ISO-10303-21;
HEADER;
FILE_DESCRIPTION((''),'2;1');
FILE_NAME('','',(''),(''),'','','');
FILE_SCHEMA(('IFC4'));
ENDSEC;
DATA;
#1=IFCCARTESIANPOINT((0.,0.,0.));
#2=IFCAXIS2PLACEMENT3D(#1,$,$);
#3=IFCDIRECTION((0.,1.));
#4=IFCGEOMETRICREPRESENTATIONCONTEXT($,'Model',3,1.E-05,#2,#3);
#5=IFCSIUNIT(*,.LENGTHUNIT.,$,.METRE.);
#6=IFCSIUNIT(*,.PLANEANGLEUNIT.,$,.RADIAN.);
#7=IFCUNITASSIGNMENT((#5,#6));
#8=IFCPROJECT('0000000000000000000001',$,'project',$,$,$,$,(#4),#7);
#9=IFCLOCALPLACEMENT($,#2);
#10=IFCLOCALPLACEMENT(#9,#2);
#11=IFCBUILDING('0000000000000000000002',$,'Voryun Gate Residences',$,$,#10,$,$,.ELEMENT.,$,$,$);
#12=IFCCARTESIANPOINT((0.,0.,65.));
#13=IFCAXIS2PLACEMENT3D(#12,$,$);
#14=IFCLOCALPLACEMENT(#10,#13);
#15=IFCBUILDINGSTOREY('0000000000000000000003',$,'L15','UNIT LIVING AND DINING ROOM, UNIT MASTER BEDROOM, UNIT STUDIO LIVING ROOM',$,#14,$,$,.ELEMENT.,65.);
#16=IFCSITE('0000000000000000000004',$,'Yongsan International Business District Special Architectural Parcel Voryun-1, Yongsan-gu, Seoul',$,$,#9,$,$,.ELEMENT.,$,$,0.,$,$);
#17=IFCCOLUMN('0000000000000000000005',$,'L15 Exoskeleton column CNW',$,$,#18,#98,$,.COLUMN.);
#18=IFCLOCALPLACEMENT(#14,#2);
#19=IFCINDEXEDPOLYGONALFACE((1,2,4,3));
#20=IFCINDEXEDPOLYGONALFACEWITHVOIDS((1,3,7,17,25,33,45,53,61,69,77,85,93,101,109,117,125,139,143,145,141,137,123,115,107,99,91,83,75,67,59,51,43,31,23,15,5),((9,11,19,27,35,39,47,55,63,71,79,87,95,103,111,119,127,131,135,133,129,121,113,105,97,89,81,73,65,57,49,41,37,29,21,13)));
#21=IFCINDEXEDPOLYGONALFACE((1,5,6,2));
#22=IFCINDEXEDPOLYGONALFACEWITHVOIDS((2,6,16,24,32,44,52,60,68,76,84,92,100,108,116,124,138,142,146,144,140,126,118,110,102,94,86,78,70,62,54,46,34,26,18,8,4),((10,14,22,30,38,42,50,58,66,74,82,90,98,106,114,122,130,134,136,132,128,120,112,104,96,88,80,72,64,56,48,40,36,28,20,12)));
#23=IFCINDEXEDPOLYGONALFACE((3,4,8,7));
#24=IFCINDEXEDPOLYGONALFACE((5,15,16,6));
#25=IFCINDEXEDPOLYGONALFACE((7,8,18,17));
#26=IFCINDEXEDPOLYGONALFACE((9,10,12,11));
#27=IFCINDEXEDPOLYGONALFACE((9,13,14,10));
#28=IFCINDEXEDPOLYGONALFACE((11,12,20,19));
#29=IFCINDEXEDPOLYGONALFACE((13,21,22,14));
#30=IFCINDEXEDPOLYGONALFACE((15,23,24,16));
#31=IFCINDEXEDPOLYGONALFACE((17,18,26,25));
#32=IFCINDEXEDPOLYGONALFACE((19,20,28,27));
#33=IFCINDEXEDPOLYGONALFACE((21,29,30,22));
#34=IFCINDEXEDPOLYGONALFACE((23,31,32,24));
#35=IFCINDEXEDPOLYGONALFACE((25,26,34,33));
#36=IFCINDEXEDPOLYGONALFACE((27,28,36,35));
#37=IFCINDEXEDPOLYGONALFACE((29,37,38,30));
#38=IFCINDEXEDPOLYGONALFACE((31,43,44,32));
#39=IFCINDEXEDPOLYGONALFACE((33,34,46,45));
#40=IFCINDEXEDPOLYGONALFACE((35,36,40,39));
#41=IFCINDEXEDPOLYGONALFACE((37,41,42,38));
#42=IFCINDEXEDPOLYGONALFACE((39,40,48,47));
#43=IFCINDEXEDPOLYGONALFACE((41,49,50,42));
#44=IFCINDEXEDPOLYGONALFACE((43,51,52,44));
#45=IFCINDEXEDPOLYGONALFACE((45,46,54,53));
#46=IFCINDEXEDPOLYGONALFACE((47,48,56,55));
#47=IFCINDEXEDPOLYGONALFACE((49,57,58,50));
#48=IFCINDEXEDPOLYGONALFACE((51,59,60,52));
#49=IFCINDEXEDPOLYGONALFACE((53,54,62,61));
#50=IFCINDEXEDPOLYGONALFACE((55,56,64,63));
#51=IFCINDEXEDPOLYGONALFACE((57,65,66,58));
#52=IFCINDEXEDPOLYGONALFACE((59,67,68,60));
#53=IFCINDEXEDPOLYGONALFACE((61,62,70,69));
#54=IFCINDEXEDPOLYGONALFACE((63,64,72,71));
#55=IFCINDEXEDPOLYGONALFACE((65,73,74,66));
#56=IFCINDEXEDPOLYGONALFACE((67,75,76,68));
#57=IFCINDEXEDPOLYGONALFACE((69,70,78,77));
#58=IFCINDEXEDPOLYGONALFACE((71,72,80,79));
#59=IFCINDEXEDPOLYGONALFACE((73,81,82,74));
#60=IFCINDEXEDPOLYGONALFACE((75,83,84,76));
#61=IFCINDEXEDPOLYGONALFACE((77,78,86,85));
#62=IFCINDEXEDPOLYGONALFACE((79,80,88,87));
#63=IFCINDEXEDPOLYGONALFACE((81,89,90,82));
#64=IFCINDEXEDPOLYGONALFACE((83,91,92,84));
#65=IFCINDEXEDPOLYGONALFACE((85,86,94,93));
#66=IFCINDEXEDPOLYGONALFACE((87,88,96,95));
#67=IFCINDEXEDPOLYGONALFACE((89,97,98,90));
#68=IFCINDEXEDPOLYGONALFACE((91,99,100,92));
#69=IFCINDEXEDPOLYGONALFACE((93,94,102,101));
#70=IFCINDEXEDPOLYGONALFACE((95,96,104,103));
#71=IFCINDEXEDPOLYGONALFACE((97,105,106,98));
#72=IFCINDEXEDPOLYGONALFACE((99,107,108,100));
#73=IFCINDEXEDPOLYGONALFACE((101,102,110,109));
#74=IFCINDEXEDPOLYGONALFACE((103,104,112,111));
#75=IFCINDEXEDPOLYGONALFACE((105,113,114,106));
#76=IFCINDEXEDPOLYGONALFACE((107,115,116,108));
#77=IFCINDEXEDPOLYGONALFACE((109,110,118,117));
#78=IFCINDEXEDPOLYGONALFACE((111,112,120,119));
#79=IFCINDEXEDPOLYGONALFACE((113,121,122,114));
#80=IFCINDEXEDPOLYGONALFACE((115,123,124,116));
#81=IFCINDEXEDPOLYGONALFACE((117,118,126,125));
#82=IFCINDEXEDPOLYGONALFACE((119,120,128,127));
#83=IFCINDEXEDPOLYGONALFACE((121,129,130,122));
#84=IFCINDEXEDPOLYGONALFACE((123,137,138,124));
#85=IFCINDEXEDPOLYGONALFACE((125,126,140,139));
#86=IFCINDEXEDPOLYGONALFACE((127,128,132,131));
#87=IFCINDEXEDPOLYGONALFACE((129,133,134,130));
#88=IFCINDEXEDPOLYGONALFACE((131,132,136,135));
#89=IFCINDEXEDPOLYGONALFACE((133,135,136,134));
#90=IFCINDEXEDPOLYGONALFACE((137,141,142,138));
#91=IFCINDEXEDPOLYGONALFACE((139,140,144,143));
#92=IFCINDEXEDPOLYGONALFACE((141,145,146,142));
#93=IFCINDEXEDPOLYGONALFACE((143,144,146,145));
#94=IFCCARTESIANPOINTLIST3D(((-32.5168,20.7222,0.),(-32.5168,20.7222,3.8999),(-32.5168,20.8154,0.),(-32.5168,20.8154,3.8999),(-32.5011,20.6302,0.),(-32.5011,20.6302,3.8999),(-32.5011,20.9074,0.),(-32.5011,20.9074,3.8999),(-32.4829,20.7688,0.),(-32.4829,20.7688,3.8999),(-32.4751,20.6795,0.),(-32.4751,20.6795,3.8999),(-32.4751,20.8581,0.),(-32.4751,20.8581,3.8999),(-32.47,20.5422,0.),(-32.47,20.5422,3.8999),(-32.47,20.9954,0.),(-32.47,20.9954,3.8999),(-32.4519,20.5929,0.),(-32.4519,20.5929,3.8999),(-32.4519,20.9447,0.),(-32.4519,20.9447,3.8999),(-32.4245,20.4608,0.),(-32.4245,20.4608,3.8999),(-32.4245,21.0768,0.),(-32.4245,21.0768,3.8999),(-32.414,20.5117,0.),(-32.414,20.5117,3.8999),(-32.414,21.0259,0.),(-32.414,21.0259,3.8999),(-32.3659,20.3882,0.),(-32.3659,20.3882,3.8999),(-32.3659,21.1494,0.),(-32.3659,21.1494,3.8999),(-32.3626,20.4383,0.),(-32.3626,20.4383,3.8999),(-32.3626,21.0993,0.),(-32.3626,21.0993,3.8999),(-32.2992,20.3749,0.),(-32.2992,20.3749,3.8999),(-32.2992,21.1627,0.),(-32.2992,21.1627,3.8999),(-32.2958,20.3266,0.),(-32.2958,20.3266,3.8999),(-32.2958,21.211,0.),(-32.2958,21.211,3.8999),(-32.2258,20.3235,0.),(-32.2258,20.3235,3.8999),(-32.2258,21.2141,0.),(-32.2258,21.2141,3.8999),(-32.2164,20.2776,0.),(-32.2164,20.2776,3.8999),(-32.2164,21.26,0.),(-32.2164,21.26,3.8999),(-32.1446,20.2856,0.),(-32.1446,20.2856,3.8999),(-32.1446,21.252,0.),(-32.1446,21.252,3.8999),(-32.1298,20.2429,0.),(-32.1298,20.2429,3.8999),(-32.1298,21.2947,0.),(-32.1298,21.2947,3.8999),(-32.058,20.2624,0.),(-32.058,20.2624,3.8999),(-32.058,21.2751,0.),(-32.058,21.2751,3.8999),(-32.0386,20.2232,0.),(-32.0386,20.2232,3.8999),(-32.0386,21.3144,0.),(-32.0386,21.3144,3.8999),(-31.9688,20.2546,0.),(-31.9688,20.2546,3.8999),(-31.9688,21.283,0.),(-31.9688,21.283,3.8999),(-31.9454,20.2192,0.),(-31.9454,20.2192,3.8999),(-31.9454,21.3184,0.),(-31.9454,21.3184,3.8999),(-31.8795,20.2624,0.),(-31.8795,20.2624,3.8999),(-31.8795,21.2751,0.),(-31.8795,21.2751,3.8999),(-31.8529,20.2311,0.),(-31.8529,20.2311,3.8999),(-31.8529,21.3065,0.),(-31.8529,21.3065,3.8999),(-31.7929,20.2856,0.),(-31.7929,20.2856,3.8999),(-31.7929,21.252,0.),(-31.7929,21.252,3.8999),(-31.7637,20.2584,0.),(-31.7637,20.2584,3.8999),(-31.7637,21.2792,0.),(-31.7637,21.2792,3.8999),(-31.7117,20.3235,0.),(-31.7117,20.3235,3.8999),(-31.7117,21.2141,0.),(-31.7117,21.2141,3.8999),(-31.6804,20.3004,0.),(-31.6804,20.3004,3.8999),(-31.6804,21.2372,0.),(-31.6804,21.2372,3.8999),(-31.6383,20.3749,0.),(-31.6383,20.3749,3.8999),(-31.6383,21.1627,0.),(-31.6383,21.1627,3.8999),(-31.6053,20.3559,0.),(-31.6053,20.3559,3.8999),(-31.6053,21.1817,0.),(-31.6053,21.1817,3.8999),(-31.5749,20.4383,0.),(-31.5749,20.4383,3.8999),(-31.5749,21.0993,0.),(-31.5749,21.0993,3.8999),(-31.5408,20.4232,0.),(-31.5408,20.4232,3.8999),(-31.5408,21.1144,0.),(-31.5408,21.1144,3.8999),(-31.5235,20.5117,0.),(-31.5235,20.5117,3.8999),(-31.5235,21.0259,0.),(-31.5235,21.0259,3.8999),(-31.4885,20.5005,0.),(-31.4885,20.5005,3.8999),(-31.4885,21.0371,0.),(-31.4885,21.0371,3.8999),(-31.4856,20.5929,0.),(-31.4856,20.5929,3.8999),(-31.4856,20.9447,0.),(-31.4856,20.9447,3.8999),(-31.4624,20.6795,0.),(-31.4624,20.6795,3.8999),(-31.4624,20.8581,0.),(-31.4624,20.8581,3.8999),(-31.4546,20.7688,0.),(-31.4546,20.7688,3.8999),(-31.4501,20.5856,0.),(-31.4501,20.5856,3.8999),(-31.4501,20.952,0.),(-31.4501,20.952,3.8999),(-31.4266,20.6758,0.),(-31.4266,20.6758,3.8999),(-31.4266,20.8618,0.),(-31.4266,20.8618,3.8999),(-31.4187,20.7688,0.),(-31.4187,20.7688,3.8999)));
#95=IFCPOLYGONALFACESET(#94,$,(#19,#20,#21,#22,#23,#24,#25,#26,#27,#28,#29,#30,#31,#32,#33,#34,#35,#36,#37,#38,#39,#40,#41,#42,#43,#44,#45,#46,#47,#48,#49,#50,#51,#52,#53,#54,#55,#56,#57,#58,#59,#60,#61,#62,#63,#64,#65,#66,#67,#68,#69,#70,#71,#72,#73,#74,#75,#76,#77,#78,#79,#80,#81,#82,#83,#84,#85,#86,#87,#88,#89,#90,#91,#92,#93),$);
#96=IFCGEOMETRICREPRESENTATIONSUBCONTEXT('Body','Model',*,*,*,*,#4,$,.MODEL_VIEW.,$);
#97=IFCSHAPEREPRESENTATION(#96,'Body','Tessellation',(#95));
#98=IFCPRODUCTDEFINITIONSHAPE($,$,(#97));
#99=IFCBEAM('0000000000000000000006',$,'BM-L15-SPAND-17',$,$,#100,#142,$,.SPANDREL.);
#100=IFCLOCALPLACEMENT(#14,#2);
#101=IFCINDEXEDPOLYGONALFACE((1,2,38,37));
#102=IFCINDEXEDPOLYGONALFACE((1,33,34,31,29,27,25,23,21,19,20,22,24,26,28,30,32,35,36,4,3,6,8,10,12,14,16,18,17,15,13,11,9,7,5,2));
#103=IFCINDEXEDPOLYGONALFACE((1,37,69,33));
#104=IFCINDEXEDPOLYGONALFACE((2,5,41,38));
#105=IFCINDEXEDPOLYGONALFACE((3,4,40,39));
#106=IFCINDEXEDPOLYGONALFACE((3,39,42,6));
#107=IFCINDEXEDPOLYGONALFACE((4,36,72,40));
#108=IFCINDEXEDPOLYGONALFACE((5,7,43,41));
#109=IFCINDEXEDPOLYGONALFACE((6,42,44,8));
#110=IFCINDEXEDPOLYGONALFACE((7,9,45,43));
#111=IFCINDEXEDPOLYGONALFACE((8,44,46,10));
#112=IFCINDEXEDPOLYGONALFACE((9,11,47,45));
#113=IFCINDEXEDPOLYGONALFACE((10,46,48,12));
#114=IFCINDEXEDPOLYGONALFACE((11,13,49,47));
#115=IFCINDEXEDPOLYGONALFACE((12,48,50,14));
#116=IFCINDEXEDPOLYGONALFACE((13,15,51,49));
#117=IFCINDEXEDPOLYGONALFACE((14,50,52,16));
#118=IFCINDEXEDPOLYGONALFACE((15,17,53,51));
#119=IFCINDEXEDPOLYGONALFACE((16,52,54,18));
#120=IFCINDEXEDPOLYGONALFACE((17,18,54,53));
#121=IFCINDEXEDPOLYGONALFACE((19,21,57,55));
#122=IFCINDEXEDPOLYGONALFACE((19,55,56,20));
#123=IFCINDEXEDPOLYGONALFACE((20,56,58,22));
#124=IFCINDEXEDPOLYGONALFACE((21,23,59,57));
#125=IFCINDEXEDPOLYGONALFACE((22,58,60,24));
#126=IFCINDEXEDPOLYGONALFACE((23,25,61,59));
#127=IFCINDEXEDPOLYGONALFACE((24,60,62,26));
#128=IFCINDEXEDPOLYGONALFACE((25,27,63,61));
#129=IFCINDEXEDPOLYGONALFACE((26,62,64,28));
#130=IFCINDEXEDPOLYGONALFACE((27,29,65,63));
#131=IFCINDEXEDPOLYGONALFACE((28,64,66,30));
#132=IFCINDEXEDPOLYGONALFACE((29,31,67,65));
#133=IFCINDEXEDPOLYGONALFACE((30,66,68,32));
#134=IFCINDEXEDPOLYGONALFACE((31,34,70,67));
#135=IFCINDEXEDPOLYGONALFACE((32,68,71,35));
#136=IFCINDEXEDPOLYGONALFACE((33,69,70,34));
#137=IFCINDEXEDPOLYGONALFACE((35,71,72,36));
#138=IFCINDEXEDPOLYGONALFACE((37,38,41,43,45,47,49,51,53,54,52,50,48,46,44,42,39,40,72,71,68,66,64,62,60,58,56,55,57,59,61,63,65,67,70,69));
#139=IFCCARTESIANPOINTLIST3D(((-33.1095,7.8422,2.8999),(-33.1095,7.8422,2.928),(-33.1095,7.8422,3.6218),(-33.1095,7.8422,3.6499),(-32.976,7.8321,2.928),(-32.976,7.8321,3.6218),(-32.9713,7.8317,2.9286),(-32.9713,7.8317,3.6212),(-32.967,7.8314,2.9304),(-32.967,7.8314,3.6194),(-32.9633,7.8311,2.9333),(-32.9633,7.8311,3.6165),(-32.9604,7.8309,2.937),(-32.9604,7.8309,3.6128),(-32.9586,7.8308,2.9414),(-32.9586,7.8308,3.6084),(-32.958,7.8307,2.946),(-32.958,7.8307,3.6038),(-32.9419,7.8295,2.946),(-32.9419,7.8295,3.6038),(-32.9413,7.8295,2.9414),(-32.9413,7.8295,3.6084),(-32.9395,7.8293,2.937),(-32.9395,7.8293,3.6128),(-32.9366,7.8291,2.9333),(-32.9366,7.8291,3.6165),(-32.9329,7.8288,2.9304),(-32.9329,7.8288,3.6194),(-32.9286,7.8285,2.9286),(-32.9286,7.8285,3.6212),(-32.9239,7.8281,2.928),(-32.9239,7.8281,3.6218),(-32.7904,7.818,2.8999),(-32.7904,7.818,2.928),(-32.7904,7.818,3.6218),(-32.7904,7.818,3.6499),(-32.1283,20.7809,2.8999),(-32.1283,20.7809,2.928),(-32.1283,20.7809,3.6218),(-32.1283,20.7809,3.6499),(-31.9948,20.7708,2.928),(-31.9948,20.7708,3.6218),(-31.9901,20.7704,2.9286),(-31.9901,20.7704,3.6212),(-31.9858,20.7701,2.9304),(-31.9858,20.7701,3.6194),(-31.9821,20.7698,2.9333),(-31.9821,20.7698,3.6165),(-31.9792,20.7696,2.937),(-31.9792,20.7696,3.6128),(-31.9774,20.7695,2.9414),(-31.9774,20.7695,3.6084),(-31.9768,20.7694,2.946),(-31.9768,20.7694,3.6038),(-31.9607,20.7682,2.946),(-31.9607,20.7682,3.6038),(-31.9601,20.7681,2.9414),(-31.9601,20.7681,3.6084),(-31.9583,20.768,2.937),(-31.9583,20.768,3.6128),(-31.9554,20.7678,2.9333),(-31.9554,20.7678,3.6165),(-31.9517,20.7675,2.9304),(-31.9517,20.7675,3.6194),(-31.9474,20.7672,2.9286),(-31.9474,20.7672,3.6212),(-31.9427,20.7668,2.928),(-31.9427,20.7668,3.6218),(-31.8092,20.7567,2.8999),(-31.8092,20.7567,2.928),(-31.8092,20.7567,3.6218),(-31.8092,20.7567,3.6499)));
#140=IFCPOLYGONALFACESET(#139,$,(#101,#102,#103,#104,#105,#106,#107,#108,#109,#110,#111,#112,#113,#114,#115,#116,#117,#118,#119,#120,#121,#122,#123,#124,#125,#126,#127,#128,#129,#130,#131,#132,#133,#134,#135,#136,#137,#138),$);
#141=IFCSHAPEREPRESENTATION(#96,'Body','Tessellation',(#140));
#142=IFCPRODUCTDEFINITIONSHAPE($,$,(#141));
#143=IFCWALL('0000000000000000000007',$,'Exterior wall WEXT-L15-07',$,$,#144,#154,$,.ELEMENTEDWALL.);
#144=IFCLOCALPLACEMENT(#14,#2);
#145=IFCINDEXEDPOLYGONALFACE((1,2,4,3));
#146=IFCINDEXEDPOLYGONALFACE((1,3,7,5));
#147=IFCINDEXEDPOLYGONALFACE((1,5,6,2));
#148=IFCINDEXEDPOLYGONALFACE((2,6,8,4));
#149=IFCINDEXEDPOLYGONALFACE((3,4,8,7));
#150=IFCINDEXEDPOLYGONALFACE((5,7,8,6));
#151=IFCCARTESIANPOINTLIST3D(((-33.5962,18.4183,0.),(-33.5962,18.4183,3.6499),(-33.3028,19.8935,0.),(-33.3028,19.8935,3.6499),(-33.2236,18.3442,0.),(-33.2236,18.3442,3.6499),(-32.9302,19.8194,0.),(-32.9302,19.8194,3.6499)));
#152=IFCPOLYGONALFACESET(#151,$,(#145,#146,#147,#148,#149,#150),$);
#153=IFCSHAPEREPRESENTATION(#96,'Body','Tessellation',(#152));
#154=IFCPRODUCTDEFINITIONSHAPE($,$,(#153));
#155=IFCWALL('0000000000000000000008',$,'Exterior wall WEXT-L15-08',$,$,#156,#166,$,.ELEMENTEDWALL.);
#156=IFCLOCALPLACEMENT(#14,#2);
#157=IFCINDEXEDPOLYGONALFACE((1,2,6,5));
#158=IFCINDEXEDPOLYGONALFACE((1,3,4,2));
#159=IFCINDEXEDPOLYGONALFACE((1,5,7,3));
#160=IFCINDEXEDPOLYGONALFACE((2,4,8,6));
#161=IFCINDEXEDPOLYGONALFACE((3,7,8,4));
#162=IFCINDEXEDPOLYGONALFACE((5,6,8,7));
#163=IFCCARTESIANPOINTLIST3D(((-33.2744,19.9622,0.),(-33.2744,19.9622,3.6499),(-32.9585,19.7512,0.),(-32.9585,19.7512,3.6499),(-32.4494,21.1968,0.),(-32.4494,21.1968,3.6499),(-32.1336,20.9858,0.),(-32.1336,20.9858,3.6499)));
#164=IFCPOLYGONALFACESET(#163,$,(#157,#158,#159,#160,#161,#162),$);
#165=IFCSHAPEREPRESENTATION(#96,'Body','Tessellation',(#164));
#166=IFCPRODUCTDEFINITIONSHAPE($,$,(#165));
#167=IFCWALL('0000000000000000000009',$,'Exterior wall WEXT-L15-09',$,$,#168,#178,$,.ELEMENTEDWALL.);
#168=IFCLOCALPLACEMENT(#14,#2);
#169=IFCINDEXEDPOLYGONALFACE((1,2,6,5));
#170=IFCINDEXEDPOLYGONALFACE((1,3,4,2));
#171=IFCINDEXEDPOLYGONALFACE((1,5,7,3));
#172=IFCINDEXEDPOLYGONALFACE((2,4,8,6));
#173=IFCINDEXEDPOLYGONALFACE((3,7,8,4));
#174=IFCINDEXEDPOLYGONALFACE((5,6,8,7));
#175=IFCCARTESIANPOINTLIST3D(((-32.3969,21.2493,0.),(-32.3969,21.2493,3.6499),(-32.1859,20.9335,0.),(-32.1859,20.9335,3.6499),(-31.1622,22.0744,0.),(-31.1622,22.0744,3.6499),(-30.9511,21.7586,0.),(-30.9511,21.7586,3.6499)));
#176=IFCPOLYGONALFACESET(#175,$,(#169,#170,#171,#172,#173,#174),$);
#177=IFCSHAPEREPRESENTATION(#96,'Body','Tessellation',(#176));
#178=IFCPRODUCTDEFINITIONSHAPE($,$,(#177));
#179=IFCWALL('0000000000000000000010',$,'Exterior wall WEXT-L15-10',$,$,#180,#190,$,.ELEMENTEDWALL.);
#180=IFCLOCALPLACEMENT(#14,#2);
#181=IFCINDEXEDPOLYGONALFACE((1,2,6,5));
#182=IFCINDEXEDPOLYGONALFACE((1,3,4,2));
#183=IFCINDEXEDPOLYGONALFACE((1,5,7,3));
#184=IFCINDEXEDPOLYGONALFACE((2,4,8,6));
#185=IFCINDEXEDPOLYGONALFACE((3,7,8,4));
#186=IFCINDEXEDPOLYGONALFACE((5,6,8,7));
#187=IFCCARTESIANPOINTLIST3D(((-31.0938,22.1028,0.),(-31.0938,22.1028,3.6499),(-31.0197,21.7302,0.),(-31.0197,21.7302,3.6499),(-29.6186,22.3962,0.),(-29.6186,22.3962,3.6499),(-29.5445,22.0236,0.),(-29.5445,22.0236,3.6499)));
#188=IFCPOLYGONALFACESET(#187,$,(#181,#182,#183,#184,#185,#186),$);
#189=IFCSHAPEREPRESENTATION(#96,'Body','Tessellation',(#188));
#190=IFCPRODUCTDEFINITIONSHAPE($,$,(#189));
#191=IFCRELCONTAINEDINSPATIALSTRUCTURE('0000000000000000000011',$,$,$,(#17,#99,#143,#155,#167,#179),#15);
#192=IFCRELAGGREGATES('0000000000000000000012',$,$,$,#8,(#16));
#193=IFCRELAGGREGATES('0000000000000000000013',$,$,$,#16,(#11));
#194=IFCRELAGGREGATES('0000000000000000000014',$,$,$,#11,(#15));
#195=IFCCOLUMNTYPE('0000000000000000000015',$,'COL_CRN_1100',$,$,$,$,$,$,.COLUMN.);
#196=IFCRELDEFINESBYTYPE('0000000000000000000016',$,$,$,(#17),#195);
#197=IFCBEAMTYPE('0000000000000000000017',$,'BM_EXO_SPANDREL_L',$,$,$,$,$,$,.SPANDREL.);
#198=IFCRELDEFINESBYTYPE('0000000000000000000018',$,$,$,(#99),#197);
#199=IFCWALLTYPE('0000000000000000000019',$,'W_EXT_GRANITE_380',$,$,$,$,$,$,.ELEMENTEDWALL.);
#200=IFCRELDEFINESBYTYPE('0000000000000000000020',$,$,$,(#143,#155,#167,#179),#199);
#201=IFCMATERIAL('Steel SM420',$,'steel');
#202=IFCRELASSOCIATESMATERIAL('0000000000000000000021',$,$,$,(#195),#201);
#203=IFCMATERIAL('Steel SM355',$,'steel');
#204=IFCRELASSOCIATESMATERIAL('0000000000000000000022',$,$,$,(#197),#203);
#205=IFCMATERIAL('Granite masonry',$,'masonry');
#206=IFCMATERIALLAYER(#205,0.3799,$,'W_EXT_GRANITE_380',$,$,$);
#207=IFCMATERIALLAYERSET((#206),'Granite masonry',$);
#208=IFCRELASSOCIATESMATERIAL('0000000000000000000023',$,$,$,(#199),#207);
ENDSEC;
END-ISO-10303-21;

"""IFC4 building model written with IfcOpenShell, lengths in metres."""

from ifc_helpers import new_model, si_unit, direction, frame, frame_2d, origin, origin_2d, place, context, subcontext, project, spatial, rectangle, hollow_circle, i_section, extrude, material, layer, layer_set, material_profile, profile_set, type_object, element, save


model = new_model("IFC4")

# Units and contexts
model_context = context("Model", 3, precision=1e-05, world=origin(), true_north=direction((0.0, 1.0)))
body_context = subcontext(model_context, "Body", "Model", "MODEL_VIEW")
ifc_project = project(units=[si_unit("LENGTHUNIT", "METRE"), si_unit("PLANEANGLEUNIT", "RADIAN")], contexts=[model_context])

# Site, building, storey
site_placement = place(None, origin())
site = spatial("IfcSite", under=ifc_project, at=site_placement, Name="Yongsan International Business District Special Architectural Parcel Voryun-1, Yongsan-gu, Seoul", CompositionType="ELEMENT", RefElevation=0.0)
building_placement = place(site_placement, origin())
building = spatial("IfcBuilding", under=site, at=building_placement, Name="Voryun Gate Residences", CompositionType="ELEMENT")
storey_placement = place(building_placement, frame((0.0, 0.0, 65.0)))
storey = spatial("IfcBuildingStorey", under=building, at=storey_placement, Name="L15", Description="UNIT LIVING AND DINING ROOM, UNIT MASTER BEDROOM, UNIT STUDIO LIVING ROOM", CompositionType="ELEMENT", Elevation=65.0)

# Column
ifc_material_1 = material(Name="Steel SM420", Category="steel")
ifc_material_profile_1 = material_profile(ifc_material_1, hollow_circle(Radius=0.55, WallThickness=0.0359, at=origin_2d()), Name="CHS-1100x36")
ifc_profile_set_1 = profile_set([ifc_material_profile_1], Name="Steel SM420")
column_type = type_object("IfcColumnType", Name="COL_CRN_1100", PredefinedType="COLUMN", material=ifc_profile_set_1)
column_placement = place(storey_placement, frame((-31.9688, 20.7688, 0.0), z_axis=(0.0, 0.0, 1.0), x_axis=(1.0, 0.0, 0.0)))
element("IfcColumn", 1, at=column_placement, inside=storey, type_object=column_type, Name="L15 Exoskeleton column CNW", PredefinedType="COLUMN", context=body_context, shape_type="SweptSolid", body=[
    extrude(hollow_circle(Radius=0.55, WallThickness=0.0359, at=origin_2d()), origin(), (0.0, 0.0, 1.0), 3.8999),
])

# Beam
ifc_material_2 = material(Name="Steel SM355", Category="steel")
ifc_material_profile_2 = material_profile(ifc_material_2, i_section(OverallWidth=0.3201, OverallDepth=0.75, WebThickness=0.0161, FlangeThickness=0.0281, FilletRadius=0.0181, at=origin_2d()), Name="H-750x320x16x28")
ifc_profile_set_2 = profile_set([ifc_material_profile_2], Name="Steel SM355")
beam_type = type_object("IfcBeamType", Name="BM_EXO_SPANDREL_L", PredefinedType="SPANDREL", material=ifc_profile_set_2)
beam_placement = place(storey_placement, frame((-31.9688, 20.7688, 3.2749), z_axis=(-0.075617, -0.997137, 0.0), x_axis=(0.997137, -0.075617, 0.0)))
element("IfcBeam", 2, at=beam_placement, inside=storey, type_object=beam_type, Name="BM-L15-SPAND-17", PredefinedType="SPANDREL", context=body_context, shape_type="SweptSolid", body=[
    extrude(i_section(OverallWidth=0.3201, OverallDepth=0.75, WebThickness=0.0161, FlangeThickness=0.0281, FilletRadius=0.0181, at=origin_2d()), origin(), (0.0, 0.0, 1.0), 12.9758),
])

# Walls
ifc_material_3 = material(Name="Granite masonry", Category="masonry")
ifc_layer_1 = layer(ifc_material_3, 0.3799, Name="W_EXT_GRANITE_380")
ifc_layer_set_1 = layer_set([ifc_layer_1], Name="Granite masonry")
wall_type_1 = type_object("IfcWallType", Name="W_EXT_GRANITE_380", PredefinedType="ELEMENTEDWALL", material=ifc_layer_set_1)
wall_1_placement = place(storey_placement, frame((-33.4099, 18.3813, 0.0), z_axis=(0.0, 0.0, 1.0), x_axis=(0.195086, 0.980786, 0.0)))
element("IfcWall", 3, at=wall_1_placement, inside=storey, type_object=wall_type_1, Name="Exterior wall WEXT-L15-07", PredefinedType="ELEMENTEDWALL", context=body_context, shape_type="SweptSolid", body=[
    extrude(rectangle(XDim=1.5042, YDim=0.3799, at=frame_2d((0.752, 0.0))), origin(), (0.0, 0.0, 1.0), 3.6499),
])
wall_2_placement = place(storey_placement, frame((-33.1165, 19.8567, 0.0), z_axis=(0.0, 0.0, 1.0), x_axis=(0.555573, 0.831468, 0.0)))
element("IfcWall", 4, at=wall_2_placement, inside=storey, type_object=wall_type_1, Name="Exterior wall WEXT-L15-08", PredefinedType="ELEMENTEDWALL", context=body_context, shape_type="SweptSolid", body=[
    extrude(rectangle(XDim=1.4849, YDim=0.3799, at=frame_2d((0.7424, 0.0))), origin(), (0.0, 0.0, 1.0), 3.6499),
])
wall_3_placement = place(storey_placement, frame((-32.2915, 21.0913, 0.0), z_axis=(0.0, 0.0, 1.0), x_axis=(0.831443, 0.55561, 0.0)))
element("IfcWall", 5, at=wall_3_placement, inside=storey, type_object=wall_type_1, Name="Exterior wall WEXT-L15-09", PredefinedType="ELEMENTEDWALL", context=body_context, shape_type="SweptSolid", body=[
    extrude(rectangle(XDim=1.4851, YDim=0.3799, at=frame_2d((0.7427, 0.0))), origin(), (0.0, 0.0, 1.0), 3.6499),
])
wall_4_placement = place(storey_placement, frame((-31.0566, 21.9165, 0.0), z_axis=(0.0, 0.0, 1.0), x_axis=(0.980786, 0.195086, 0.0)))
element("IfcWall", 6, at=wall_4_placement, inside=storey, type_object=wall_type_1, Name="Exterior wall WEXT-L15-10", PredefinedType="ELEMENTEDWALL", context=body_context, shape_type="SweptSolid", body=[
    extrude(rectangle(XDim=1.5042, YDim=0.3799, at=frame_2d((0.752, 0.0))), origin(), (0.0, 0.0, 1.0), 3.6499),
])

save(model, "model.ifc")
